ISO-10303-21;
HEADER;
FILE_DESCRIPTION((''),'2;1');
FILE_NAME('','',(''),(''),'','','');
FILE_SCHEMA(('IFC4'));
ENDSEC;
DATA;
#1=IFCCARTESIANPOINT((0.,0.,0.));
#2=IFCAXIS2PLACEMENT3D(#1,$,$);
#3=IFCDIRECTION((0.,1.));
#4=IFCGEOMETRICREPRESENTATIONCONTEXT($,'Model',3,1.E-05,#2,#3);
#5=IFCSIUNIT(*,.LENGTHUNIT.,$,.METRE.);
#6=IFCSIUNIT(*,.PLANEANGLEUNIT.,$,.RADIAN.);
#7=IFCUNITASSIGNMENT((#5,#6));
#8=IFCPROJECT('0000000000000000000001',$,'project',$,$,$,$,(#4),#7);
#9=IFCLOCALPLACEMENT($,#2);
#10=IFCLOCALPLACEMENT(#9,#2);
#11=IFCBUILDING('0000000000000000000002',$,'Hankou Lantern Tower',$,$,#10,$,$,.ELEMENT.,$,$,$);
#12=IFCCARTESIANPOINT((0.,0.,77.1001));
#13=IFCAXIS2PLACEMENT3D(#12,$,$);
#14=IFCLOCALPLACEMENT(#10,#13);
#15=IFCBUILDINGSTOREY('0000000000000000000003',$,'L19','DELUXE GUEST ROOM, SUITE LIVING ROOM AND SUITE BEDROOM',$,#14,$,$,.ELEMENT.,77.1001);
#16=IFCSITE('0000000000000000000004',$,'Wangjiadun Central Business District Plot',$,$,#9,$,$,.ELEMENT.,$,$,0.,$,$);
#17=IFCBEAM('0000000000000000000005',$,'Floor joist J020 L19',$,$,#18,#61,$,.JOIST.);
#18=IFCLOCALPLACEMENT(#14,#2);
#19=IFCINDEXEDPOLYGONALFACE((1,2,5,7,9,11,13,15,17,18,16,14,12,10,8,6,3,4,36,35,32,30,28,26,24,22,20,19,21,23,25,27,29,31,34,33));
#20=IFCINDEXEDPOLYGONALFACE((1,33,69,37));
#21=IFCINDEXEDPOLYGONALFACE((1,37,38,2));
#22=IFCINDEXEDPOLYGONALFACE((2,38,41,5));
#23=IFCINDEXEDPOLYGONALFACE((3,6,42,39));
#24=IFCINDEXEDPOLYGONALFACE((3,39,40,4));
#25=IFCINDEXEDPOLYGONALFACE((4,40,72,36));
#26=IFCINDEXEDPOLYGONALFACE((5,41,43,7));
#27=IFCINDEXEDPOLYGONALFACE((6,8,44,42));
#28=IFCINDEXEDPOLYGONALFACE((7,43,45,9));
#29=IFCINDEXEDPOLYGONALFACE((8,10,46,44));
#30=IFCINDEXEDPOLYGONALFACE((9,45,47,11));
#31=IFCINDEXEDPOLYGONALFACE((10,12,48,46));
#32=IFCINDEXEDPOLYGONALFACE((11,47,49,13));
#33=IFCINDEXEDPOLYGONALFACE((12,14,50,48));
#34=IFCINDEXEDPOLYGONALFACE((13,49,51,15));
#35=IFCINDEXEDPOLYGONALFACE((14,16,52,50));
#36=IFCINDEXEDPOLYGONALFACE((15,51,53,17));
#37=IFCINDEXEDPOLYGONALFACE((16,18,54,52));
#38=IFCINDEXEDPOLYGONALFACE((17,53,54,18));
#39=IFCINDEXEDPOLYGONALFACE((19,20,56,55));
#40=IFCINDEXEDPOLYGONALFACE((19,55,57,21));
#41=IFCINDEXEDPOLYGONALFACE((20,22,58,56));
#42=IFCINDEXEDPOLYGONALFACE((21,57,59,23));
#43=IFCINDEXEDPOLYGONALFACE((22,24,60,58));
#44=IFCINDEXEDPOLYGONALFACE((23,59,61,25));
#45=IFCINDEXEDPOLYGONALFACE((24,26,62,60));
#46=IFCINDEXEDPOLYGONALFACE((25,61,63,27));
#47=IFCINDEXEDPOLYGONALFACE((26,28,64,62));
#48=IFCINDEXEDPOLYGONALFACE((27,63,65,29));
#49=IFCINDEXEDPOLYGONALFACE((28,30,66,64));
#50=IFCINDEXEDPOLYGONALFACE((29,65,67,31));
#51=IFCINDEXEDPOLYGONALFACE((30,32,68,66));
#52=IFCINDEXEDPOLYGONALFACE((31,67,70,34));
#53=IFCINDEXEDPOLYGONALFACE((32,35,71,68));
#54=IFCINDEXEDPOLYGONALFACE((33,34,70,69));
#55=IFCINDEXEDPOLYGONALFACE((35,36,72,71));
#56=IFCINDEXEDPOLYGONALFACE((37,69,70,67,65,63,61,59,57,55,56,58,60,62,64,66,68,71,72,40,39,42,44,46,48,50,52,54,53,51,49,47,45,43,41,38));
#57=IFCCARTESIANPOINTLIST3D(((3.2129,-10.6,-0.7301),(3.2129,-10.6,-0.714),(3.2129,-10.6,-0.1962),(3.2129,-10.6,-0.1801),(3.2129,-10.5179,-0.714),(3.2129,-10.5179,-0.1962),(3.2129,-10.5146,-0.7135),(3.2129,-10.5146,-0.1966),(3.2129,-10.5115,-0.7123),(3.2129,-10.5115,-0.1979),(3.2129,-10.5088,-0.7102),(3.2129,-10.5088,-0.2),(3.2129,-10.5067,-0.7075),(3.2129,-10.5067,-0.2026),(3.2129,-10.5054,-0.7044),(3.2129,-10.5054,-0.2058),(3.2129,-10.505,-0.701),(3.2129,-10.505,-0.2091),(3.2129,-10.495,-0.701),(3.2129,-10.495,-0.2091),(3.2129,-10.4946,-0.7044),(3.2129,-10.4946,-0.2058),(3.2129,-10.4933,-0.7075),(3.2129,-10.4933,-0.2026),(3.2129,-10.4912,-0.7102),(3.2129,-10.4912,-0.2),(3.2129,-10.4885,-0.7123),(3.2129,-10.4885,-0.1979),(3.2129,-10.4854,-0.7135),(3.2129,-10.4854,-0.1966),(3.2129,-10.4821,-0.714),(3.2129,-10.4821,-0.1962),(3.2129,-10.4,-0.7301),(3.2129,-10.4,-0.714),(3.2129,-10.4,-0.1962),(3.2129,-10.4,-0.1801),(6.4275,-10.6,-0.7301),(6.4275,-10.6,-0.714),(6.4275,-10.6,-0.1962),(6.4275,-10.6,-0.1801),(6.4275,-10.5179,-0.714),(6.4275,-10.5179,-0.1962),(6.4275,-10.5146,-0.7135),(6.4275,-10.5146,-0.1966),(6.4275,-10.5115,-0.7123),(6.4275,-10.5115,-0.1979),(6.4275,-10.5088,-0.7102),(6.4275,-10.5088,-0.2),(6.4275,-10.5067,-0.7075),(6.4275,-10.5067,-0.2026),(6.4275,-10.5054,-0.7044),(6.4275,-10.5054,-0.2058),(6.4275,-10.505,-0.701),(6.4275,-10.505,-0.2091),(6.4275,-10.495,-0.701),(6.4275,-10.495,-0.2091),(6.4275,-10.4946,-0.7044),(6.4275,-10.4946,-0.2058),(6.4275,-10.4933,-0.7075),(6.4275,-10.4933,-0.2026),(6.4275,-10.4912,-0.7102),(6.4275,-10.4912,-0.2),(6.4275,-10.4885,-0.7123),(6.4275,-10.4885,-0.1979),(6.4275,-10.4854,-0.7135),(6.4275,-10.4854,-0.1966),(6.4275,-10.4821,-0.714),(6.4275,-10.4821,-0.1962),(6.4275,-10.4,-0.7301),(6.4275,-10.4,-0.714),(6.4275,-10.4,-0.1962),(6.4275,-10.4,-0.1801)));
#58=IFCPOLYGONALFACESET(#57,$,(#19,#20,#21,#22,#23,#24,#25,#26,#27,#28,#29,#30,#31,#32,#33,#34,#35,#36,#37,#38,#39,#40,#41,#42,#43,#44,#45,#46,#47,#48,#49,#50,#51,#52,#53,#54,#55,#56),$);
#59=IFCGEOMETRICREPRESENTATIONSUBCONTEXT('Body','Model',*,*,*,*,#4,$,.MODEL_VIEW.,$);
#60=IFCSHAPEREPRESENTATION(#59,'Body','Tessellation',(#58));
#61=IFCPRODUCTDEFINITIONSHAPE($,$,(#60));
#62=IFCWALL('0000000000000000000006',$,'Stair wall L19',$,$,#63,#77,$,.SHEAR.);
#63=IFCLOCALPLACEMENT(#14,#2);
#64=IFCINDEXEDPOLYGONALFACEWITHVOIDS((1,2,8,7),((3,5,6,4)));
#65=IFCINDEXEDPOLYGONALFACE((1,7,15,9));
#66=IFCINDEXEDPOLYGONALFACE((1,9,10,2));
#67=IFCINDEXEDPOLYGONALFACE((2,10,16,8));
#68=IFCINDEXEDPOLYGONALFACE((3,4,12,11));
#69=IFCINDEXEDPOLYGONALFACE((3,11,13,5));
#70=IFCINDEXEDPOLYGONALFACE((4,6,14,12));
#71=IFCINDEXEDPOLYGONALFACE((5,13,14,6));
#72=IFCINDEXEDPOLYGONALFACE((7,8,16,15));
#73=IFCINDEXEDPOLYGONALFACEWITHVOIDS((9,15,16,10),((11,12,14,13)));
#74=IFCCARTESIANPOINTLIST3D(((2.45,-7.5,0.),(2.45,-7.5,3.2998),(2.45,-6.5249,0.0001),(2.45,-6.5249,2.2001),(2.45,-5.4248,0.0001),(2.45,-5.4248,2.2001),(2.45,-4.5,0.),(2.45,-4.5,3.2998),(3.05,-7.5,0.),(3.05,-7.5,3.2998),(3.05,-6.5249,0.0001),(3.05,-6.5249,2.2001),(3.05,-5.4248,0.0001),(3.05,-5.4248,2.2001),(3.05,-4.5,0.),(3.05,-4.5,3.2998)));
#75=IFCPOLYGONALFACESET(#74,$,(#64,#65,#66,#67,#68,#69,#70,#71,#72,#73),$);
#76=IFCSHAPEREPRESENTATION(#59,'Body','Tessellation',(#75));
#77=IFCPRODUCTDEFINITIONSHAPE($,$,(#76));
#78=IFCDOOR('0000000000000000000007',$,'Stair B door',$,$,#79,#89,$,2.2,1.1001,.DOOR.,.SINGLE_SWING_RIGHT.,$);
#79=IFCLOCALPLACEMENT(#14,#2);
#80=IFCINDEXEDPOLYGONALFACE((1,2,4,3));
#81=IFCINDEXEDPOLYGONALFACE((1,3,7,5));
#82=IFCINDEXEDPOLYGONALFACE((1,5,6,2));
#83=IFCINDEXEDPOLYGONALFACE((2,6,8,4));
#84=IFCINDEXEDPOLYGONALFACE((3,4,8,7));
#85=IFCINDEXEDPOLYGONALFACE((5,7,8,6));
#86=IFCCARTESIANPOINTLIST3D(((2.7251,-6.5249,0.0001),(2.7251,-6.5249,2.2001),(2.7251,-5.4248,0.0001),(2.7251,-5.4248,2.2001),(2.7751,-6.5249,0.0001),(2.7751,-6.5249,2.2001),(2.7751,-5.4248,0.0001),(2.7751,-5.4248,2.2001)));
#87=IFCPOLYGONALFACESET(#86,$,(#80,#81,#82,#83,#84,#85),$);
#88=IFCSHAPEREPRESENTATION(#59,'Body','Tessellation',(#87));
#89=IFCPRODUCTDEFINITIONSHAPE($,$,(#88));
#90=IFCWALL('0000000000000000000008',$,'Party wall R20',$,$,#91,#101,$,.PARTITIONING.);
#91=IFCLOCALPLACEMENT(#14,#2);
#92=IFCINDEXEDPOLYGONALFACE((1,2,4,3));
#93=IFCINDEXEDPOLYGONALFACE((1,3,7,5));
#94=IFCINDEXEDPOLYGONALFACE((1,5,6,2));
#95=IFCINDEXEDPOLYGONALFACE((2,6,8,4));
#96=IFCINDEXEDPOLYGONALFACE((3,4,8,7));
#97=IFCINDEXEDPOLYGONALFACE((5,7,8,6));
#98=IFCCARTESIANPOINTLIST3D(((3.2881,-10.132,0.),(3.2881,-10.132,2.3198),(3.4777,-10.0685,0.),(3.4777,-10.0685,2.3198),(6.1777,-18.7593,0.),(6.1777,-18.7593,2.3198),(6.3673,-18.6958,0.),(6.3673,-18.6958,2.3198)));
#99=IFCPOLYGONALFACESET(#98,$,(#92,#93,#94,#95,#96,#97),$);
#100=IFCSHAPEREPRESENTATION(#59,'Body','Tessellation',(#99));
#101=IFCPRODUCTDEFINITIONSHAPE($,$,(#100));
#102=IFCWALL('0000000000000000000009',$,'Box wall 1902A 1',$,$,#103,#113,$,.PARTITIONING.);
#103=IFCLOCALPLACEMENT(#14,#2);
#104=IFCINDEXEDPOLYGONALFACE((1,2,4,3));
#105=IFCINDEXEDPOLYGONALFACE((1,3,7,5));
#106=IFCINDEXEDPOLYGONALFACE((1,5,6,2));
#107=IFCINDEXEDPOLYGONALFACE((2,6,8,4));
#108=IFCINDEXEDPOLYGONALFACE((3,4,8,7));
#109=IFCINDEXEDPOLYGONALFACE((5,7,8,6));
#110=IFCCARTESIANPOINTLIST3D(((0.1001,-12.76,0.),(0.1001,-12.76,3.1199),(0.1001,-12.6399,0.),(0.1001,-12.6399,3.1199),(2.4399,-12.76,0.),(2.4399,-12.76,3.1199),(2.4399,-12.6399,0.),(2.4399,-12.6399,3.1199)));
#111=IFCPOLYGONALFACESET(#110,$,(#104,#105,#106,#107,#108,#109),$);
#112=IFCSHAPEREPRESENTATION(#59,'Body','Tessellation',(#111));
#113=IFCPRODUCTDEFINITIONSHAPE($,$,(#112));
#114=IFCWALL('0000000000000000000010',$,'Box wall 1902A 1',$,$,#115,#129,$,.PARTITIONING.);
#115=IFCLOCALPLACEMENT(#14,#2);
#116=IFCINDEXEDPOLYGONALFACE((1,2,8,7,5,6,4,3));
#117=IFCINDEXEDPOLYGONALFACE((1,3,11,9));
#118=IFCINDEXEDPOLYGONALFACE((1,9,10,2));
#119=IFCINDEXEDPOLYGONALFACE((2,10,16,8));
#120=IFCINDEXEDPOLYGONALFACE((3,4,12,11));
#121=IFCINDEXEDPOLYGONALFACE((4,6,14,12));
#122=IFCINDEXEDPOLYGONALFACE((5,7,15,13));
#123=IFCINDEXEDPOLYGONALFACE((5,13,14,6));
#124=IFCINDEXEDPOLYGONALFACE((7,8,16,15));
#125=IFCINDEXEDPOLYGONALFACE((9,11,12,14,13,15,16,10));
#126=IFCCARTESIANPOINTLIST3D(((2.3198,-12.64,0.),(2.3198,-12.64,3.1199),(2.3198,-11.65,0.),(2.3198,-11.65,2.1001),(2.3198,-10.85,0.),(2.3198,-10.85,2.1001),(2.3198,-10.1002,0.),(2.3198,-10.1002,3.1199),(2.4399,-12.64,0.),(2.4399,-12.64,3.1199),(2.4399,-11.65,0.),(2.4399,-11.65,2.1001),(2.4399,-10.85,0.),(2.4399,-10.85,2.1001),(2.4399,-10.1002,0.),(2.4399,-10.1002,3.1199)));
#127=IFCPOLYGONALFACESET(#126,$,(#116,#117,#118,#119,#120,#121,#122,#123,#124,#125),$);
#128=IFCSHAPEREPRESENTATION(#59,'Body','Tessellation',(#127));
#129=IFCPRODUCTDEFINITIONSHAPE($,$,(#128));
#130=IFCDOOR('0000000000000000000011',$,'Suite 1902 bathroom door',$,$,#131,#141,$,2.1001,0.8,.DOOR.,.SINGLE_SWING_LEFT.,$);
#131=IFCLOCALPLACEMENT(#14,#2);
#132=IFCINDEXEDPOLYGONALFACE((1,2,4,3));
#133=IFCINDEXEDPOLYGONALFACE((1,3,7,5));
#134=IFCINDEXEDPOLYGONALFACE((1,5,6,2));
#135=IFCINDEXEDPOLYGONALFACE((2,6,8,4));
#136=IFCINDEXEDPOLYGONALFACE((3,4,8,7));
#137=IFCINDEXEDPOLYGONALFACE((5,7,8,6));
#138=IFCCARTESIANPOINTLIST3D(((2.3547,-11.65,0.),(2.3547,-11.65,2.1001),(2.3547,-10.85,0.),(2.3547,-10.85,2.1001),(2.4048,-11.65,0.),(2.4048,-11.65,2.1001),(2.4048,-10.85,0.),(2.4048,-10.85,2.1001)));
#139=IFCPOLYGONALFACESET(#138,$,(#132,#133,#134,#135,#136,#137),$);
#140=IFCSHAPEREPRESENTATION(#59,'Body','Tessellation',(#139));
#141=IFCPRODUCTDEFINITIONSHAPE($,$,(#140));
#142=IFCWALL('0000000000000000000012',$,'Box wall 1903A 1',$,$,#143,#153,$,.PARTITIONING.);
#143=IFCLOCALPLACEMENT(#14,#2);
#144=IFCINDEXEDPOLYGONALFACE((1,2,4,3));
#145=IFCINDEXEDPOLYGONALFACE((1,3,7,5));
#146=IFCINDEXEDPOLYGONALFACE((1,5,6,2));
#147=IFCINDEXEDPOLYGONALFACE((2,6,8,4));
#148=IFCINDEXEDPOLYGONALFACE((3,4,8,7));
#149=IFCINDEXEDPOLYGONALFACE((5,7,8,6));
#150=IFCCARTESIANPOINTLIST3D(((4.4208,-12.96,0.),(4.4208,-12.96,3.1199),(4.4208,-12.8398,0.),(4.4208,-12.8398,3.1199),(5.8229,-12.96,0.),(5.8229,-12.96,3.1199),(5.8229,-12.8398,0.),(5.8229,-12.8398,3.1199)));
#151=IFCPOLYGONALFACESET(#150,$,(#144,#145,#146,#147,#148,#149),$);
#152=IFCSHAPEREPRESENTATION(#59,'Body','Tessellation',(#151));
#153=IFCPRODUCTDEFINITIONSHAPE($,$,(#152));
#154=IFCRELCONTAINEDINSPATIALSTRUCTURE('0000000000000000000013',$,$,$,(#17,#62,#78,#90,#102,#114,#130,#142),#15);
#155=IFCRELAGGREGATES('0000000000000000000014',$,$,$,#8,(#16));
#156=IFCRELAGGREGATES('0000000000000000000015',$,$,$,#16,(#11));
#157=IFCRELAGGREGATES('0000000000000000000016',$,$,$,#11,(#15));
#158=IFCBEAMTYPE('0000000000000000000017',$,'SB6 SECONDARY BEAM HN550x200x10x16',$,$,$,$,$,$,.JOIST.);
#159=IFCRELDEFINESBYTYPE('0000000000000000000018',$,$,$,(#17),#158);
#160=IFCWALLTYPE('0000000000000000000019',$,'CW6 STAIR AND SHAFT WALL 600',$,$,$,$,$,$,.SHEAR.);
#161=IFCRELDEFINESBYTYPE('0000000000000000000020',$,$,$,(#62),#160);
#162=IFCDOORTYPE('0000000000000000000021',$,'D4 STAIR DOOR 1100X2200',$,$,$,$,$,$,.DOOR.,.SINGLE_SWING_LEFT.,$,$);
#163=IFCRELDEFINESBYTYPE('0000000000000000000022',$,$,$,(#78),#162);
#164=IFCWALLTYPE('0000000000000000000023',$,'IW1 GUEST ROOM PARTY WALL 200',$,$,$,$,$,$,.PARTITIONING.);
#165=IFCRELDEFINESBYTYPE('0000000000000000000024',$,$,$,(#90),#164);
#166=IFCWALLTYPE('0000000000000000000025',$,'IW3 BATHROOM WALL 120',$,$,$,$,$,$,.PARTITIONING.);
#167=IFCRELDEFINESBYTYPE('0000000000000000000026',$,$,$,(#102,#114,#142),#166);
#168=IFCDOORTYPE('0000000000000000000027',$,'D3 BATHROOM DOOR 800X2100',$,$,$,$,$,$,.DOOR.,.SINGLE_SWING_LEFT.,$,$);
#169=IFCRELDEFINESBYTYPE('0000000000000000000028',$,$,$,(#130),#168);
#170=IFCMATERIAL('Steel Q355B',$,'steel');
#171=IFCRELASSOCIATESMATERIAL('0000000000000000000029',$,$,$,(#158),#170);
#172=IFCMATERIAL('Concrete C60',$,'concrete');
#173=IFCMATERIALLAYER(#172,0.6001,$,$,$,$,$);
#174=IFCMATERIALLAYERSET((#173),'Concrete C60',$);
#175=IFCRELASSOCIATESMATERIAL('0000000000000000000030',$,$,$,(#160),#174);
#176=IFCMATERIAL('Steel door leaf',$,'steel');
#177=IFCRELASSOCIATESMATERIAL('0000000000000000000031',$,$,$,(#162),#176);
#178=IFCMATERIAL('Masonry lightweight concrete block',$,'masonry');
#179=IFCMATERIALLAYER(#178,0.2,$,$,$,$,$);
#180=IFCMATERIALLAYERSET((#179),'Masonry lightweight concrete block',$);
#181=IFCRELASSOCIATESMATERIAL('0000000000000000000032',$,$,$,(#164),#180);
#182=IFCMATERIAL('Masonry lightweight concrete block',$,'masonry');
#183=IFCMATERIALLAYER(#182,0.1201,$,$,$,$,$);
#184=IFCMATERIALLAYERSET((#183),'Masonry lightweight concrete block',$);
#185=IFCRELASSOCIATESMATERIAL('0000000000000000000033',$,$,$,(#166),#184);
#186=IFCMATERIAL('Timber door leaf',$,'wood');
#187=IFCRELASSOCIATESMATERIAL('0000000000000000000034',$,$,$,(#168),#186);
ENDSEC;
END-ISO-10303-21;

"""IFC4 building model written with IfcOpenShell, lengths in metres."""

from ifc_helpers import new_model, si_unit, direction, frame, frame_2d, origin, origin_2d, place, context, subcontext, project, spatial, rectangle, i_section, extrude, material, layer, layer_set, material_profile, profile_set, type_object, element, fill, save


model = new_model("IFC4")

# Units and contexts
model_context = context("Model", 3, precision=1e-05, world=origin(), true_north=direction((0.0, 1.0)))
body_context = subcontext(model_context, "Body", "Model", "MODEL_VIEW")
ifc_project = project(units=[si_unit("LENGTHUNIT", "METRE"), si_unit("PLANEANGLEUNIT", "RADIAN")], contexts=[model_context])

# Site, building, storey
site_placement = place(None, origin())
site = spatial("IfcSite", under=ifc_project, at=site_placement, Name="Wangjiadun Central Business District Plot", CompositionType="ELEMENT", RefElevation=0.0)
building_placement = place(site_placement, origin())
building = spatial("IfcBuilding", under=site, at=building_placement, Name="Hankou Lantern Tower", CompositionType="ELEMENT")
storey_placement = place(building_placement, frame((0.0, 0.0, 77.1001)))
storey = spatial("IfcBuildingStorey", under=building, at=storey_placement, Name="L19", Description="DELUXE GUEST ROOM, SUITE LIVING ROOM AND SUITE BEDROOM", CompositionType="ELEMENT", Elevation=77.1001)

# Beam
ifc_material_1 = material(Name="Steel Q355B", Category="steel")
ifc_material_profile_1 = material_profile(ifc_material_1, i_section(OverallWidth=0.2, OverallDepth=0.55, WebThickness=0.01, FlangeThickness=0.0161, FilletRadius=0.0129, at=origin_2d()), Name="HN550x200x10x16")
ifc_profile_set_1 = profile_set([ifc_material_profile_1], Name="Steel Q355B")
beam_type_1 = type_object("IfcBeamType", Name="SB6 SECONDARY BEAM HN550x200x10x16", PredefinedType="JOIST", material=ifc_profile_set_1)
beam_1_placement = place(storey_placement, frame((3.2129, -10.5, -0.4551), z_axis=(1.0, 0.0, 0.0), x_axis=(0.0, 1.0, 0.0)))
element("IfcBeam", 1, at=beam_1_placement, inside=storey, type_object=beam_type_1, Name="Floor joist J020 L19", PredefinedType="JOIST", context=body_context, shape_type="SweptSolid", body=[
    extrude(i_section(OverallWidth=0.2, OverallDepth=0.55, WebThickness=0.01, FlangeThickness=0.0161, FilletRadius=0.0129, at=origin_2d()), origin(), (0.0, 0.0, 1.0), 3.2146),
])

# Wall, opening, door
ifc_material_2 = material(Name="Concrete C60", Category="concrete")
ifc_layer_1 = layer(ifc_material_2, 0.6001)
ifc_layer_set_1 = layer_set([ifc_layer_1], Name="Concrete C60")
wall_type_1 = type_object("IfcWallType", Name="CW6 STAIR AND SHAFT WALL 600", PredefinedType="SHEAR", material=ifc_layer_set_1)
wall_1_placement = place(storey_placement, frame((2.75, -7.5, 0.0), z_axis=(0.0, 0.0, 1.0), x_axis=(0.0, 1.0, 0.0)))
wall_1 = element("IfcWall", 2, at=wall_1_placement, inside=storey, type_object=wall_type_1, Name="Stair wall L19", PredefinedType="SHEAR", context=body_context, shape_type="SweptSolid", body=[
    extrude(rectangle(XDim=3.0, YDim=0.6001, at=frame_2d((1.5, 0.0))), origin(), (0.0, 0.0, 1.0), 3.2998),
])
opening_1_placement = place(wall_1_placement, frame((0.9751, 0.0, 0.0)))
opening_1 = element("IfcOpeningElement", 3, at=opening_1_placement, cuts=wall_1, PredefinedType="OPENING", context=body_context, shape_type="SweptSolid", body=[
    extrude(rectangle(XDim=1.1001, YDim=2.2, at=frame_2d((0.55, 1.1001))), frame((0.0, 0.3101, 0.0), z_axis=(0.0, -1.0, 0.0), x_axis=(1.0, 0.0, 0.0)), (0.0, 0.0, 1.0), 0.6201),
])
ifc_material_3 = material(Name="Steel door leaf", Category="steel")
door_type_1 = type_object("IfcDoorType", Name="D4 STAIR DOOR 1100X2200", OperationType="SINGLE_SWING_LEFT", PredefinedType="DOOR", material=ifc_material_3)
door_1_placement = place(opening_1_placement, origin())
door_1 = element("IfcDoor", 4, at=door_1_placement, inside=storey, type_object=door_type_1, Name="Stair B door", OperationType="SINGLE_SWING_RIGHT", OverallHeight=2.2, OverallWidth=1.1001, PredefinedType="DOOR", context=body_context, shape_type="SweptSolid", body=[
    extrude(rectangle(XDim=1.1001, YDim=2.2, at=frame_2d((0.55, 1.1001))), frame((0.0, 0.0249, 0.0), z_axis=(0.0, -1.0, 0.0), x_axis=(1.0, 0.0, 0.0)), (0.0, 0.0, 1.0), 0.05),
])
fill(opening_1, door_1)

# Walls
ifc_material_4 = material(Name="Masonry lightweight concrete block", Category="masonry")
ifc_layer_2 = layer(ifc_material_4, 0.2)
ifc_layer_set_2 = layer_set([ifc_layer_2], Name="Masonry lightweight concrete block")
wall_type_2 = type_object("IfcWallType", Name="IW1 GUEST ROOM PARTY WALL 200", PredefinedType="PARTITIONING", material=ifc_layer_set_2)
wall_2_placement = place(storey_placement, frame((3.3828, -10.1001, 0.0), z_axis=(0.0, 0.0, 1.0), x_axis=(0.317596, -0.948226, 0.0)))
element("IfcWall", 5, at=wall_2_placement, inside=storey, type_object=wall_type_2, Name="Party wall R20", PredefinedType="PARTITIONING", context=body_context, shape_type="SweptSolid", body=[
    extrude(rectangle(XDim=9.0984, YDim=0.2, at=frame_2d((4.5493, 0.0))), origin(), (0.0, 0.0, 1.0), 2.3198),
])
ifc_material_5 = material(Name="Masonry lightweight concrete block", Category="masonry")
ifc_layer_3 = layer(ifc_material_5, 0.1201)
ifc_layer_set_3 = layer_set([ifc_layer_3], Name="Masonry lightweight concrete block")
wall_type_3 = type_object("IfcWallType", Name="IW3 BATHROOM WALL 120", PredefinedType="PARTITIONING", material=ifc_layer_set_3)
wall_3_placement = place(storey_placement, frame((0.1001, -12.7, 0.0), z_axis=(0.0, 0.0, 1.0), x_axis=(1.0, 0.0, 0.0)))
element("IfcWall", 6, at=wall_3_placement, inside=storey, type_object=wall_type_3, Name="Box wall 1902A 1", PredefinedType="PARTITIONING", context=body_context, shape_type="SweptSolid", body=[
    extrude(rectangle(XDim=2.3398, YDim=0.1201, at=frame_2d((1.1699, 0.0))), origin(), (0.0, 0.0, 1.0), 3.1199),
])

# Wall, opening, door
wall_4_placement = place(storey_placement, frame((2.3799, -10.1001, 0.0), z_axis=(0.0, 0.0, 1.0), x_axis=(0.0, -1.0, 0.0)))
wall_4 = element("IfcWall", 7, at=wall_4_placement, inside=storey, type_object=wall_type_3, Name="Box wall 1902A 1", PredefinedType="PARTITIONING", context=body_context, shape_type="SweptSolid", body=[
    extrude(rectangle(XDim=2.5398, YDim=0.1201, at=frame_2d((1.27, 0.0))), origin(), (0.0, 0.0, 1.0), 3.1199),
])
opening_2_placement = place(wall_4_placement, frame((0.75, 0.0, 0.0)))
opening_2 = element("IfcOpeningElement", 8, at=opening_2_placement, cuts=wall_4, PredefinedType="OPENING", context=body_context, shape_type="SweptSolid", body=[
    extrude(rectangle(XDim=0.8, YDim=2.1001, at=frame_2d((0.3999, 1.05))), frame((0.0, 0.0701, 0.0), z_axis=(0.0, -1.0, 0.0), x_axis=(1.0, 0.0, 0.0)), (0.0, 0.0, 1.0), 0.1401),
])
ifc_material_6 = material(Name="Timber door leaf", Category="wood")
door_type_2 = type_object("IfcDoorType", Name="D3 BATHROOM DOOR 800X2100", OperationType="SINGLE_SWING_LEFT", PredefinedType="DOOR", material=ifc_material_6)
door_2_placement = place(opening_2_placement, origin())
door_2 = element("IfcDoor", 9, at=door_2_placement, inside=storey, type_object=door_type_2, Name="Suite 1902 bathroom door", OperationType="SINGLE_SWING_LEFT", OverallHeight=2.1001, OverallWidth=0.8, PredefinedType="DOOR", context=body_context, shape_type="SweptSolid", body=[
    extrude(rectangle(XDim=0.8, YDim=2.1001, at=frame_2d((0.3999, 1.05))), frame((0.0, 0.0249, 0.0), z_axis=(0.0, -1.0, 0.0), x_axis=(1.0, 0.0, 0.0)), (0.0, 0.0, 1.0), 0.05),
])
fill(opening_2, door_2)

# Wall
wall_5_placement = place(storey_placement, frame((4.4207, -12.8999, 0.0), z_axis=(0.0, 0.0, 1.0), x_axis=(1.0, 0.0, 0.0)))
element("IfcWall", 10, at=wall_5_placement, inside=storey, type_object=wall_type_3, Name="Box wall 1903A 1", PredefinedType="PARTITIONING", context=body_context, shape_type="SweptSolid", body=[
    extrude(rectangle(XDim=1.4021, YDim=0.1201, at=frame_2d((0.7012, 0.0))), origin(), (0.0, 0.0, 1.0), 3.1199),
])

save(model, "model.ifc")
